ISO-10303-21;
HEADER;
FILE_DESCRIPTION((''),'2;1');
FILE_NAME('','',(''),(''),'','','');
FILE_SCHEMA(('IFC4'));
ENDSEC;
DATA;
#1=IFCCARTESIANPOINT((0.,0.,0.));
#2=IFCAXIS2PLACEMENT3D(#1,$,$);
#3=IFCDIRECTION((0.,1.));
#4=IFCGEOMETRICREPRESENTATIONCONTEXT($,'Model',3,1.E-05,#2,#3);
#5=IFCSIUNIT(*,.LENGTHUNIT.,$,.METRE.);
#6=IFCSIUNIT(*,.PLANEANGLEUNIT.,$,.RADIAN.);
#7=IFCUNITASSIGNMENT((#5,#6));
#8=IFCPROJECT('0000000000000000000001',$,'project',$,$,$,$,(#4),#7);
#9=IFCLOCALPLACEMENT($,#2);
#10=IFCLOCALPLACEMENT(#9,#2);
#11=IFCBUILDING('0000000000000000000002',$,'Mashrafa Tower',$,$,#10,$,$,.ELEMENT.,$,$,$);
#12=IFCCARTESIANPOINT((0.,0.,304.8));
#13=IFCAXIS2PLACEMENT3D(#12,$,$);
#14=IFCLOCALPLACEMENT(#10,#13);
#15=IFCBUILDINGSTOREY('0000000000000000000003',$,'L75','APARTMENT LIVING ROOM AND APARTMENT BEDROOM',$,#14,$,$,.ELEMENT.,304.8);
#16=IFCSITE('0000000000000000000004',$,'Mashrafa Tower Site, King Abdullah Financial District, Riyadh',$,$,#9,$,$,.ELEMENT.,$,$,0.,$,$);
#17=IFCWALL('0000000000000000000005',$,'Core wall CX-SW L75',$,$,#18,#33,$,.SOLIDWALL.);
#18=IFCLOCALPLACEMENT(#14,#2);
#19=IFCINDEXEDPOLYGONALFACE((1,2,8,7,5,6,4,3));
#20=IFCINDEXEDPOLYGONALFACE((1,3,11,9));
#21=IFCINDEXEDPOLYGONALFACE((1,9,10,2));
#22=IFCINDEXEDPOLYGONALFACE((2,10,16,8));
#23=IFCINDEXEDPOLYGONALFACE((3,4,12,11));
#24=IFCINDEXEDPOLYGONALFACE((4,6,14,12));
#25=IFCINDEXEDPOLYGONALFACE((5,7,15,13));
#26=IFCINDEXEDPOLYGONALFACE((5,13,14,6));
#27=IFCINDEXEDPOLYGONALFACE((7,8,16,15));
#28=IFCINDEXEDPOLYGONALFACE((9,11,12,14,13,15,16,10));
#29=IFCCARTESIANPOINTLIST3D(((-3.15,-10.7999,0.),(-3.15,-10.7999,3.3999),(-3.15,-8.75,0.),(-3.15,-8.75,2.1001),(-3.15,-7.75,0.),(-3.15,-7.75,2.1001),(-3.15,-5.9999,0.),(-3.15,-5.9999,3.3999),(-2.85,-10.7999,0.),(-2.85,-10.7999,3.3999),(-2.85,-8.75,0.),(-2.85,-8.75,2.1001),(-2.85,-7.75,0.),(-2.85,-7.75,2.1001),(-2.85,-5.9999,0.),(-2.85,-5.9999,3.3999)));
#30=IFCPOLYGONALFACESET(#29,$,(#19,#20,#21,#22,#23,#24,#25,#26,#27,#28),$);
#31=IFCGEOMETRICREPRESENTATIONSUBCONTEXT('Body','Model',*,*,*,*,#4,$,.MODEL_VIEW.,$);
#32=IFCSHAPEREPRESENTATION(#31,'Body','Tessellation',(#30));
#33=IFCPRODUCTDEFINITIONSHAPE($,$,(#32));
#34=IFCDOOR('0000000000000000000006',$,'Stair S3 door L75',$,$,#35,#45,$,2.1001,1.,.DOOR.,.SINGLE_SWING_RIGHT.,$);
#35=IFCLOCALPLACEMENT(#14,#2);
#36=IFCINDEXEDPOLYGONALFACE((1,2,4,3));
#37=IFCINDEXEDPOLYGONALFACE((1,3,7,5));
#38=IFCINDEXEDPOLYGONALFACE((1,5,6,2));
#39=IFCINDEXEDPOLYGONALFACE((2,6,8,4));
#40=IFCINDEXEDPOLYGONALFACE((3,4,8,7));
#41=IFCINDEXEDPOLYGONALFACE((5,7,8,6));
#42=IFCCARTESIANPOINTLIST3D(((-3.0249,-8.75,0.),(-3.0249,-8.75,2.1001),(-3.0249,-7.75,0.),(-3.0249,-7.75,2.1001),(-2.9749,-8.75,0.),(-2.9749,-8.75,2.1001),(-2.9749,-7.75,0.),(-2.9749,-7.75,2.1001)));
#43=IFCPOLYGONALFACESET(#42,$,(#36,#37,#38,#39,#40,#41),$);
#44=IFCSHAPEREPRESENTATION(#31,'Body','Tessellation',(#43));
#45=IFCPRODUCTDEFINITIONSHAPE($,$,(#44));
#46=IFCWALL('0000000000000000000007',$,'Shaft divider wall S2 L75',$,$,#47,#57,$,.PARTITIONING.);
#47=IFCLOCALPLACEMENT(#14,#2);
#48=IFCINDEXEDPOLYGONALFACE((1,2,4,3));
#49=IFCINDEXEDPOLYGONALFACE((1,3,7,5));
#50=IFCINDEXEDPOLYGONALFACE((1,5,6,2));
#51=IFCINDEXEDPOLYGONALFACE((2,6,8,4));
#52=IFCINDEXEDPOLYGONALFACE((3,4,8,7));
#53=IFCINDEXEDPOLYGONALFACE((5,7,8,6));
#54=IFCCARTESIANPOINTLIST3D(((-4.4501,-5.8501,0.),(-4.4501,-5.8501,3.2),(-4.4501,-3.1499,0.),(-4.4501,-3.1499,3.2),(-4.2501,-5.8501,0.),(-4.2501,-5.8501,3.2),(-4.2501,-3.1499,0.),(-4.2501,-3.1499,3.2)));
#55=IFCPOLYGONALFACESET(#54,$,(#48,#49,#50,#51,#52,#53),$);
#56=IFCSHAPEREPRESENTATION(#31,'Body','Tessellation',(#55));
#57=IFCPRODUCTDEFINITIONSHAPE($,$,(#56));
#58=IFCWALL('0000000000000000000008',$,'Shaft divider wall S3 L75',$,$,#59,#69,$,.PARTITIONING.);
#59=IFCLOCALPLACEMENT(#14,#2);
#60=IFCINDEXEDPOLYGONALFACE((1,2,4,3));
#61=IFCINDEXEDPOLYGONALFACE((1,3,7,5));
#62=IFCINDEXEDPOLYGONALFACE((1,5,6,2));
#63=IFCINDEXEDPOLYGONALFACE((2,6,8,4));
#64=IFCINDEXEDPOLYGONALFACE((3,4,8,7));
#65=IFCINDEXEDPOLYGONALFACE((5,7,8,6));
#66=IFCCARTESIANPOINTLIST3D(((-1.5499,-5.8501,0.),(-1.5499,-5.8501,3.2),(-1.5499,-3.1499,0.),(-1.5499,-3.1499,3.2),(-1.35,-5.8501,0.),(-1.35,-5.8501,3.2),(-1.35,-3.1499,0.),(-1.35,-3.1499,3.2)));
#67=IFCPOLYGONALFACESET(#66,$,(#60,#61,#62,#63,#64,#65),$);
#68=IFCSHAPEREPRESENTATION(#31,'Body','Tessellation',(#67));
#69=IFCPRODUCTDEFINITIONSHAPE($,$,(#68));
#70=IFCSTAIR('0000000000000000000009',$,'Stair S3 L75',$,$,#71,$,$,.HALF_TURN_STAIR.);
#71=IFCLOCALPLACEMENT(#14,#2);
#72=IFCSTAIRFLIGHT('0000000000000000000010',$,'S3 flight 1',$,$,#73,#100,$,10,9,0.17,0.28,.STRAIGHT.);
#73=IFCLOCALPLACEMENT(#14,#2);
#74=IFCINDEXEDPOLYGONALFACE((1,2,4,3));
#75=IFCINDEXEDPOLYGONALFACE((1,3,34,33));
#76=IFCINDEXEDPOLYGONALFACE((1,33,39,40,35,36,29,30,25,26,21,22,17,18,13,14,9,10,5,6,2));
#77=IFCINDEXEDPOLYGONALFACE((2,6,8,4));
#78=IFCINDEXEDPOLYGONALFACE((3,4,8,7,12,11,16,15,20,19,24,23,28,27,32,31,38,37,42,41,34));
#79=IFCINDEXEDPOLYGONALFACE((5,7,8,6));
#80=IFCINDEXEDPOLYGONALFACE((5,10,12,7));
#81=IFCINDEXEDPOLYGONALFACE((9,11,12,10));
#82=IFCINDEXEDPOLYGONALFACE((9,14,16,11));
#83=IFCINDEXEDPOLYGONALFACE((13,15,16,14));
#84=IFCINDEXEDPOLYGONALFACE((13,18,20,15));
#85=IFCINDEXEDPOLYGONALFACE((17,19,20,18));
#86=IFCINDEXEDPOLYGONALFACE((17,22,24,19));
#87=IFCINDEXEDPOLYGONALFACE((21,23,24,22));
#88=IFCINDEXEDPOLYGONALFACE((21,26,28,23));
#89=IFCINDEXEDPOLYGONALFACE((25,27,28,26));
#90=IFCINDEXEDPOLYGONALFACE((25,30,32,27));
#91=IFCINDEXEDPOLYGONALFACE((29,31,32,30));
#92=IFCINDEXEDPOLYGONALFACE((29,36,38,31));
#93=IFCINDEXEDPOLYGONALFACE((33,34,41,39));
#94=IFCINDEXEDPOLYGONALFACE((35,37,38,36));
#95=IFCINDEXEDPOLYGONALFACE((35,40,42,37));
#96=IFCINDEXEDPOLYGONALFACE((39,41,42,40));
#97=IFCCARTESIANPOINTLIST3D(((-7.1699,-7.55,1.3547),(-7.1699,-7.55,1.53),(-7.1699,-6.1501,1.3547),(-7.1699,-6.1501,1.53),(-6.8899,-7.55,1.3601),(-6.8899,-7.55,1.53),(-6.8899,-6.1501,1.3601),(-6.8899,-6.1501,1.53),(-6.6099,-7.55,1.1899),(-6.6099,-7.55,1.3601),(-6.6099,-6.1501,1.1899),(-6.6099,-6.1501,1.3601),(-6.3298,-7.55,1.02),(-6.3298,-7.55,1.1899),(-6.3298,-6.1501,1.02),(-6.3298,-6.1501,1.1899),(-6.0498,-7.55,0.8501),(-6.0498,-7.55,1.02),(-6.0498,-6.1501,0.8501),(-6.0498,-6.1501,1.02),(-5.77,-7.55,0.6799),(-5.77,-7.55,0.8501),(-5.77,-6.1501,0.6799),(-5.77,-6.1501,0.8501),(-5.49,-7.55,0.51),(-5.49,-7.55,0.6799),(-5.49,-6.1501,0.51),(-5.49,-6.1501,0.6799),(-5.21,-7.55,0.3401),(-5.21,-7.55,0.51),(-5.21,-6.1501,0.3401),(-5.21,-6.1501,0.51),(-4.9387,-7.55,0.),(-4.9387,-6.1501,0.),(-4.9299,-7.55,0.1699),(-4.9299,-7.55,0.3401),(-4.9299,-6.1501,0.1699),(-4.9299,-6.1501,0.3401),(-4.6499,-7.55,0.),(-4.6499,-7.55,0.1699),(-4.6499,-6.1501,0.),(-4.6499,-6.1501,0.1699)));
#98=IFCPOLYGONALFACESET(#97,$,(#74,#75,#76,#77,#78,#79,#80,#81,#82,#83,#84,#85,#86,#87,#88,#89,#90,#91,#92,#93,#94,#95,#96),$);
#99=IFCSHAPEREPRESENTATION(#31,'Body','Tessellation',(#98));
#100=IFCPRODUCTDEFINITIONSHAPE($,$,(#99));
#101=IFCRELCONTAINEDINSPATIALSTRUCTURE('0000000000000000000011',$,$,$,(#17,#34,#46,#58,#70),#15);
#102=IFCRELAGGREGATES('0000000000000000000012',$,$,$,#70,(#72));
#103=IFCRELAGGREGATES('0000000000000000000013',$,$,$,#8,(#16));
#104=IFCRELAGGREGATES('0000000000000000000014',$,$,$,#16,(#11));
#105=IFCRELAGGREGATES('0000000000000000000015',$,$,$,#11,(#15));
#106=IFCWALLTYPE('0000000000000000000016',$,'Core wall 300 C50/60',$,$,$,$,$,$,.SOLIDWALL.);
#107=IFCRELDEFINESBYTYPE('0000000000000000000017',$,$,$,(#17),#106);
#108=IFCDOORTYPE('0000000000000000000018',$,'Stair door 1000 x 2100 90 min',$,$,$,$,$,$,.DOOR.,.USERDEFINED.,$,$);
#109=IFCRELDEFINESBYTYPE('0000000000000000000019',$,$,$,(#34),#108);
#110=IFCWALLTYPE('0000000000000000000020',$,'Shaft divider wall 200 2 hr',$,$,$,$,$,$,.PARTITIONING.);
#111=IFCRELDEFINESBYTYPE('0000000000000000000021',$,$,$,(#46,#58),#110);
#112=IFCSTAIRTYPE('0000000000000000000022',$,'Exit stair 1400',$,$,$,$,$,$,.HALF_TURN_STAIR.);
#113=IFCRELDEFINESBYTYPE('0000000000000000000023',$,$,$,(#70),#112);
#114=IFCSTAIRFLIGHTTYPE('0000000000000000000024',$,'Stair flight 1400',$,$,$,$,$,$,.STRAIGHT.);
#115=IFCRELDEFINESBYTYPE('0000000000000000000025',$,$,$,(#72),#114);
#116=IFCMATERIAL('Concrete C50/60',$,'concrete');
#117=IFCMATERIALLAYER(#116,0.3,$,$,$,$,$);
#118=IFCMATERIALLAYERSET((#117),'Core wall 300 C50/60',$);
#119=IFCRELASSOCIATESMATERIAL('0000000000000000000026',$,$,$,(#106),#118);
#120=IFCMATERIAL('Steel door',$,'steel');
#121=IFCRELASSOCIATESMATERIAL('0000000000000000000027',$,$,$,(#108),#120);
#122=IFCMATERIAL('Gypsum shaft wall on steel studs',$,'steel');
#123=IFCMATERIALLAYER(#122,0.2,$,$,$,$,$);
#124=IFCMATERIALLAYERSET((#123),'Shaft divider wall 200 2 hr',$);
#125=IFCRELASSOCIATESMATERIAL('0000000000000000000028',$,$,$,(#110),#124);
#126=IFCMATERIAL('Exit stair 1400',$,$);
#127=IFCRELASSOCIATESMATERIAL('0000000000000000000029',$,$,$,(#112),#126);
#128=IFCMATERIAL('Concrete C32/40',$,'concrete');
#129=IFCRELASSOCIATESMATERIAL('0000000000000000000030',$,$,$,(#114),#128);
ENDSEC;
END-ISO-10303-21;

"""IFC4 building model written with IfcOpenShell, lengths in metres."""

from ifc_helpers import new_model, si_unit, direction, frame, frame_2d, origin, place, context, subcontext, project, spatial, polyline, rectangle, outline, extrude, material, layer, layer_set, type_object, element, fill, aggregate, save


model = new_model("IFC4")

# Units and contexts
model_context = context("Model", 3, precision=1e-05, world=origin(), true_north=direction((0.0, 1.0)))
body_context = subcontext(model_context, "Body", "Model", "MODEL_VIEW")
ifc_project = project(units=[si_unit("LENGTHUNIT", "METRE"), si_unit("PLANEANGLEUNIT", "RADIAN")], contexts=[model_context])

# Site, building, storey
site_placement = place(None, origin())
site = spatial("IfcSite", under=ifc_project, at=site_placement, Name="Mashrafa Tower Site, King Abdullah Financial District, Riyadh", CompositionType="ELEMENT", RefElevation=0.0)
building_placement = place(site_placement, origin())
building = spatial("IfcBuilding", under=site, at=building_placement, Name="Mashrafa Tower", CompositionType="ELEMENT")
storey_placement = place(building_placement, frame((0.0, 0.0, 304.8)))
storey = spatial("IfcBuildingStorey", under=building, at=storey_placement, Name="L75", Description="APARTMENT LIVING ROOM AND APARTMENT BEDROOM", CompositionType="ELEMENT", Elevation=304.8)

# Shared definitions
ifc_material_1 = material(Name="Concrete C50/60", Category="concrete")
ifc_layer_1 = layer(ifc_material_1, 0.3)
ifc_layer_set_1 = layer_set([ifc_layer_1], Name="Core wall 300 C50/60")
wall_type_1 = type_object("IfcWallType", Name="Core wall 300 C50/60", PredefinedType="SOLIDWALL", material=ifc_layer_set_1)

# Wall, opening, door
wall_1_placement = place(storey_placement, frame((-3.0, -6.0, 0.0), z_axis=(0.0, 0.0, 1.0), x_axis=(0.0, -1.0, 0.0)))
wall_1 = element("IfcWall", 1, at=wall_1_placement, inside=storey, type_object=wall_type_1, Name="Core wall CX-SW L75", PredefinedType="SOLIDWALL", context=body_context, shape_type="SweptSolid", body=[
    extrude(rectangle(XDim=4.8, YDim=0.3, at=frame_2d((2.3999, 0.0))), origin(), (0.0, 0.0, 1.0), 3.3999),
])
opening_1_placement = place(wall_1_placement, frame((1.75, 0.0, 0.0)))
opening_1 = element("IfcOpeningElement", 2, at=opening_1_placement, cuts=wall_1, PredefinedType="OPENING", context=body_context, shape_type="SweptSolid", body=[
    extrude(rectangle(XDim=1.0, YDim=2.1001, at=frame_2d((0.5, 1.05))), frame((0.0, 0.1599, 0.0), z_axis=(0.0, -1.0, 0.0), x_axis=(1.0, 0.0, 0.0)), (0.0, 0.0, 1.0), 0.3201),
])
ifc_material_2 = material(Name="Steel door", Category="steel")
door_type_1 = type_object("IfcDoorType", Name="Stair door 1000 x 2100 90 min", OperationType="USERDEFINED", PredefinedType="DOOR", material=ifc_material_2)
door_1_placement = place(opening_1_placement, frame((1.0, 0.0, 0.0), z_axis=(0.0, 0.0, 1.0), x_axis=(-1.0, 0.0, 0.0)))
door_1 = element("IfcDoor", 3, at=door_1_placement, inside=storey, type_object=door_type_1, Name="Stair S3 door L75", OperationType="SINGLE_SWING_RIGHT", OverallHeight=2.1001, OverallWidth=1.0, PredefinedType="DOOR", context=body_context, shape_type="SweptSolid", body=[
    extrude(rectangle(XDim=1.0, YDim=2.1001, at=frame_2d((0.5, 1.05))), frame((0.0, 0.0249, 0.0), z_axis=(0.0, -1.0, 0.0), x_axis=(1.0, 0.0, 0.0)), (0.0, 0.0, 1.0), 0.05),
])
fill(opening_1, door_1)

# Walls
ifc_material_3 = material(Name="Gypsum shaft wall on steel studs", Category="steel")
ifc_layer_2 = layer(ifc_material_3, 0.2)
ifc_layer_set_2 = layer_set([ifc_layer_2], Name="Shaft divider wall 200 2 hr")
wall_type_2 = type_object("IfcWallType", Name="Shaft divider wall 200 2 hr", PredefinedType="PARTITIONING", material=ifc_layer_set_2)
for number, where, z_axis, x_axis, name in (
    (4, (-4.3501, -5.8501, 0.0), (0.0, 0.0, 1.0), (0.0, 1.0, 0.0), "Shaft divider wall S2 L75"),
    (5, (-1.45, -5.8501, 0.0), (0.0, 0.0, 1.0), (0.0, 1.0, 0.0), "Shaft divider wall S3 L75"),
):
    element("IfcWall", number, at=place(storey_placement, frame(where, z_axis=z_axis, x_axis=x_axis)), inside=storey, type_object=wall_type_2, Name=name, PredefinedType="PARTITIONING", context=body_context, shape_type="SweptSolid", body=[
        extrude(rectangle(XDim=2.7002, YDim=0.2, at=frame_2d((1.3501, 0.0))), origin(), (0.0, 0.0, 1.0), 3.2),
    ])

# Stair, stair flight
ifc_material_4 = material(Name="Exit stair 1400")
stair_type = type_object("IfcStairType", Name="Exit stair 1400", PredefinedType="HALF_TURN_STAIR", material=ifc_material_4)
stair_placement = place(storey_placement, origin())
stair = element("IfcStair", 6, at=stair_placement, inside=storey, type_object=stair_type, Name="Stair S3 L75", PredefinedType="HALF_TURN_STAIR")
ifc_material_5 = material(Name="Concrete C32/40", Category="concrete")
stair_flight_type = type_object("IfcStairFlightType", Name="Stair flight 1400", PredefinedType="STRAIGHT", material=ifc_material_5)
stair_flight_placement = place(storey_placement, frame((-4.6499, -6.8501, 0.0), z_axis=(0.0, 0.0, 1.0), x_axis=(-1.0, 0.0, 0.0)))
stair_flight = element("IfcStairFlight", 7, at=stair_flight_placement, type_object=stair_flight_type, Name="S3 flight 1", NumberOfRisers=10, NumberOfTreads=9, PredefinedType="STRAIGHT", RiserHeight=0.17, TreadLength=0.28, context=body_context, shape_type="SweptSolid", body=[
    extrude(outline(polyline([(0.0, 0.0), (0.0, 0.1699), (0.28, 0.1699), (0.28, 0.3401), (0.5601, 0.3401), (0.5601, 0.51), (0.8401, 0.51), (0.8401, 0.6799), (1.1201, 0.6799), (1.1201, 0.8501), (1.3999, 0.8501), (1.3999, 1.02), (1.6799, 1.02), (1.6799, 1.1899), (1.96, 1.1899), (1.96, 1.3601), (2.24, 1.3601), (2.24, 1.53), (2.52, 1.53), (2.52, 1.7), (2.52, 1.3547), (0.2888, 0.0), (0.0, 0.0)])), frame((0.0, 0.7, 0.0), z_axis=(0.0, -1.0, 0.0), x_axis=(1.0, 0.0, 0.0)), (0.0, 0.0, 1.0), 1.3999),
])
aggregate(stair, [stair_flight])

save(model, "model.ifc")
